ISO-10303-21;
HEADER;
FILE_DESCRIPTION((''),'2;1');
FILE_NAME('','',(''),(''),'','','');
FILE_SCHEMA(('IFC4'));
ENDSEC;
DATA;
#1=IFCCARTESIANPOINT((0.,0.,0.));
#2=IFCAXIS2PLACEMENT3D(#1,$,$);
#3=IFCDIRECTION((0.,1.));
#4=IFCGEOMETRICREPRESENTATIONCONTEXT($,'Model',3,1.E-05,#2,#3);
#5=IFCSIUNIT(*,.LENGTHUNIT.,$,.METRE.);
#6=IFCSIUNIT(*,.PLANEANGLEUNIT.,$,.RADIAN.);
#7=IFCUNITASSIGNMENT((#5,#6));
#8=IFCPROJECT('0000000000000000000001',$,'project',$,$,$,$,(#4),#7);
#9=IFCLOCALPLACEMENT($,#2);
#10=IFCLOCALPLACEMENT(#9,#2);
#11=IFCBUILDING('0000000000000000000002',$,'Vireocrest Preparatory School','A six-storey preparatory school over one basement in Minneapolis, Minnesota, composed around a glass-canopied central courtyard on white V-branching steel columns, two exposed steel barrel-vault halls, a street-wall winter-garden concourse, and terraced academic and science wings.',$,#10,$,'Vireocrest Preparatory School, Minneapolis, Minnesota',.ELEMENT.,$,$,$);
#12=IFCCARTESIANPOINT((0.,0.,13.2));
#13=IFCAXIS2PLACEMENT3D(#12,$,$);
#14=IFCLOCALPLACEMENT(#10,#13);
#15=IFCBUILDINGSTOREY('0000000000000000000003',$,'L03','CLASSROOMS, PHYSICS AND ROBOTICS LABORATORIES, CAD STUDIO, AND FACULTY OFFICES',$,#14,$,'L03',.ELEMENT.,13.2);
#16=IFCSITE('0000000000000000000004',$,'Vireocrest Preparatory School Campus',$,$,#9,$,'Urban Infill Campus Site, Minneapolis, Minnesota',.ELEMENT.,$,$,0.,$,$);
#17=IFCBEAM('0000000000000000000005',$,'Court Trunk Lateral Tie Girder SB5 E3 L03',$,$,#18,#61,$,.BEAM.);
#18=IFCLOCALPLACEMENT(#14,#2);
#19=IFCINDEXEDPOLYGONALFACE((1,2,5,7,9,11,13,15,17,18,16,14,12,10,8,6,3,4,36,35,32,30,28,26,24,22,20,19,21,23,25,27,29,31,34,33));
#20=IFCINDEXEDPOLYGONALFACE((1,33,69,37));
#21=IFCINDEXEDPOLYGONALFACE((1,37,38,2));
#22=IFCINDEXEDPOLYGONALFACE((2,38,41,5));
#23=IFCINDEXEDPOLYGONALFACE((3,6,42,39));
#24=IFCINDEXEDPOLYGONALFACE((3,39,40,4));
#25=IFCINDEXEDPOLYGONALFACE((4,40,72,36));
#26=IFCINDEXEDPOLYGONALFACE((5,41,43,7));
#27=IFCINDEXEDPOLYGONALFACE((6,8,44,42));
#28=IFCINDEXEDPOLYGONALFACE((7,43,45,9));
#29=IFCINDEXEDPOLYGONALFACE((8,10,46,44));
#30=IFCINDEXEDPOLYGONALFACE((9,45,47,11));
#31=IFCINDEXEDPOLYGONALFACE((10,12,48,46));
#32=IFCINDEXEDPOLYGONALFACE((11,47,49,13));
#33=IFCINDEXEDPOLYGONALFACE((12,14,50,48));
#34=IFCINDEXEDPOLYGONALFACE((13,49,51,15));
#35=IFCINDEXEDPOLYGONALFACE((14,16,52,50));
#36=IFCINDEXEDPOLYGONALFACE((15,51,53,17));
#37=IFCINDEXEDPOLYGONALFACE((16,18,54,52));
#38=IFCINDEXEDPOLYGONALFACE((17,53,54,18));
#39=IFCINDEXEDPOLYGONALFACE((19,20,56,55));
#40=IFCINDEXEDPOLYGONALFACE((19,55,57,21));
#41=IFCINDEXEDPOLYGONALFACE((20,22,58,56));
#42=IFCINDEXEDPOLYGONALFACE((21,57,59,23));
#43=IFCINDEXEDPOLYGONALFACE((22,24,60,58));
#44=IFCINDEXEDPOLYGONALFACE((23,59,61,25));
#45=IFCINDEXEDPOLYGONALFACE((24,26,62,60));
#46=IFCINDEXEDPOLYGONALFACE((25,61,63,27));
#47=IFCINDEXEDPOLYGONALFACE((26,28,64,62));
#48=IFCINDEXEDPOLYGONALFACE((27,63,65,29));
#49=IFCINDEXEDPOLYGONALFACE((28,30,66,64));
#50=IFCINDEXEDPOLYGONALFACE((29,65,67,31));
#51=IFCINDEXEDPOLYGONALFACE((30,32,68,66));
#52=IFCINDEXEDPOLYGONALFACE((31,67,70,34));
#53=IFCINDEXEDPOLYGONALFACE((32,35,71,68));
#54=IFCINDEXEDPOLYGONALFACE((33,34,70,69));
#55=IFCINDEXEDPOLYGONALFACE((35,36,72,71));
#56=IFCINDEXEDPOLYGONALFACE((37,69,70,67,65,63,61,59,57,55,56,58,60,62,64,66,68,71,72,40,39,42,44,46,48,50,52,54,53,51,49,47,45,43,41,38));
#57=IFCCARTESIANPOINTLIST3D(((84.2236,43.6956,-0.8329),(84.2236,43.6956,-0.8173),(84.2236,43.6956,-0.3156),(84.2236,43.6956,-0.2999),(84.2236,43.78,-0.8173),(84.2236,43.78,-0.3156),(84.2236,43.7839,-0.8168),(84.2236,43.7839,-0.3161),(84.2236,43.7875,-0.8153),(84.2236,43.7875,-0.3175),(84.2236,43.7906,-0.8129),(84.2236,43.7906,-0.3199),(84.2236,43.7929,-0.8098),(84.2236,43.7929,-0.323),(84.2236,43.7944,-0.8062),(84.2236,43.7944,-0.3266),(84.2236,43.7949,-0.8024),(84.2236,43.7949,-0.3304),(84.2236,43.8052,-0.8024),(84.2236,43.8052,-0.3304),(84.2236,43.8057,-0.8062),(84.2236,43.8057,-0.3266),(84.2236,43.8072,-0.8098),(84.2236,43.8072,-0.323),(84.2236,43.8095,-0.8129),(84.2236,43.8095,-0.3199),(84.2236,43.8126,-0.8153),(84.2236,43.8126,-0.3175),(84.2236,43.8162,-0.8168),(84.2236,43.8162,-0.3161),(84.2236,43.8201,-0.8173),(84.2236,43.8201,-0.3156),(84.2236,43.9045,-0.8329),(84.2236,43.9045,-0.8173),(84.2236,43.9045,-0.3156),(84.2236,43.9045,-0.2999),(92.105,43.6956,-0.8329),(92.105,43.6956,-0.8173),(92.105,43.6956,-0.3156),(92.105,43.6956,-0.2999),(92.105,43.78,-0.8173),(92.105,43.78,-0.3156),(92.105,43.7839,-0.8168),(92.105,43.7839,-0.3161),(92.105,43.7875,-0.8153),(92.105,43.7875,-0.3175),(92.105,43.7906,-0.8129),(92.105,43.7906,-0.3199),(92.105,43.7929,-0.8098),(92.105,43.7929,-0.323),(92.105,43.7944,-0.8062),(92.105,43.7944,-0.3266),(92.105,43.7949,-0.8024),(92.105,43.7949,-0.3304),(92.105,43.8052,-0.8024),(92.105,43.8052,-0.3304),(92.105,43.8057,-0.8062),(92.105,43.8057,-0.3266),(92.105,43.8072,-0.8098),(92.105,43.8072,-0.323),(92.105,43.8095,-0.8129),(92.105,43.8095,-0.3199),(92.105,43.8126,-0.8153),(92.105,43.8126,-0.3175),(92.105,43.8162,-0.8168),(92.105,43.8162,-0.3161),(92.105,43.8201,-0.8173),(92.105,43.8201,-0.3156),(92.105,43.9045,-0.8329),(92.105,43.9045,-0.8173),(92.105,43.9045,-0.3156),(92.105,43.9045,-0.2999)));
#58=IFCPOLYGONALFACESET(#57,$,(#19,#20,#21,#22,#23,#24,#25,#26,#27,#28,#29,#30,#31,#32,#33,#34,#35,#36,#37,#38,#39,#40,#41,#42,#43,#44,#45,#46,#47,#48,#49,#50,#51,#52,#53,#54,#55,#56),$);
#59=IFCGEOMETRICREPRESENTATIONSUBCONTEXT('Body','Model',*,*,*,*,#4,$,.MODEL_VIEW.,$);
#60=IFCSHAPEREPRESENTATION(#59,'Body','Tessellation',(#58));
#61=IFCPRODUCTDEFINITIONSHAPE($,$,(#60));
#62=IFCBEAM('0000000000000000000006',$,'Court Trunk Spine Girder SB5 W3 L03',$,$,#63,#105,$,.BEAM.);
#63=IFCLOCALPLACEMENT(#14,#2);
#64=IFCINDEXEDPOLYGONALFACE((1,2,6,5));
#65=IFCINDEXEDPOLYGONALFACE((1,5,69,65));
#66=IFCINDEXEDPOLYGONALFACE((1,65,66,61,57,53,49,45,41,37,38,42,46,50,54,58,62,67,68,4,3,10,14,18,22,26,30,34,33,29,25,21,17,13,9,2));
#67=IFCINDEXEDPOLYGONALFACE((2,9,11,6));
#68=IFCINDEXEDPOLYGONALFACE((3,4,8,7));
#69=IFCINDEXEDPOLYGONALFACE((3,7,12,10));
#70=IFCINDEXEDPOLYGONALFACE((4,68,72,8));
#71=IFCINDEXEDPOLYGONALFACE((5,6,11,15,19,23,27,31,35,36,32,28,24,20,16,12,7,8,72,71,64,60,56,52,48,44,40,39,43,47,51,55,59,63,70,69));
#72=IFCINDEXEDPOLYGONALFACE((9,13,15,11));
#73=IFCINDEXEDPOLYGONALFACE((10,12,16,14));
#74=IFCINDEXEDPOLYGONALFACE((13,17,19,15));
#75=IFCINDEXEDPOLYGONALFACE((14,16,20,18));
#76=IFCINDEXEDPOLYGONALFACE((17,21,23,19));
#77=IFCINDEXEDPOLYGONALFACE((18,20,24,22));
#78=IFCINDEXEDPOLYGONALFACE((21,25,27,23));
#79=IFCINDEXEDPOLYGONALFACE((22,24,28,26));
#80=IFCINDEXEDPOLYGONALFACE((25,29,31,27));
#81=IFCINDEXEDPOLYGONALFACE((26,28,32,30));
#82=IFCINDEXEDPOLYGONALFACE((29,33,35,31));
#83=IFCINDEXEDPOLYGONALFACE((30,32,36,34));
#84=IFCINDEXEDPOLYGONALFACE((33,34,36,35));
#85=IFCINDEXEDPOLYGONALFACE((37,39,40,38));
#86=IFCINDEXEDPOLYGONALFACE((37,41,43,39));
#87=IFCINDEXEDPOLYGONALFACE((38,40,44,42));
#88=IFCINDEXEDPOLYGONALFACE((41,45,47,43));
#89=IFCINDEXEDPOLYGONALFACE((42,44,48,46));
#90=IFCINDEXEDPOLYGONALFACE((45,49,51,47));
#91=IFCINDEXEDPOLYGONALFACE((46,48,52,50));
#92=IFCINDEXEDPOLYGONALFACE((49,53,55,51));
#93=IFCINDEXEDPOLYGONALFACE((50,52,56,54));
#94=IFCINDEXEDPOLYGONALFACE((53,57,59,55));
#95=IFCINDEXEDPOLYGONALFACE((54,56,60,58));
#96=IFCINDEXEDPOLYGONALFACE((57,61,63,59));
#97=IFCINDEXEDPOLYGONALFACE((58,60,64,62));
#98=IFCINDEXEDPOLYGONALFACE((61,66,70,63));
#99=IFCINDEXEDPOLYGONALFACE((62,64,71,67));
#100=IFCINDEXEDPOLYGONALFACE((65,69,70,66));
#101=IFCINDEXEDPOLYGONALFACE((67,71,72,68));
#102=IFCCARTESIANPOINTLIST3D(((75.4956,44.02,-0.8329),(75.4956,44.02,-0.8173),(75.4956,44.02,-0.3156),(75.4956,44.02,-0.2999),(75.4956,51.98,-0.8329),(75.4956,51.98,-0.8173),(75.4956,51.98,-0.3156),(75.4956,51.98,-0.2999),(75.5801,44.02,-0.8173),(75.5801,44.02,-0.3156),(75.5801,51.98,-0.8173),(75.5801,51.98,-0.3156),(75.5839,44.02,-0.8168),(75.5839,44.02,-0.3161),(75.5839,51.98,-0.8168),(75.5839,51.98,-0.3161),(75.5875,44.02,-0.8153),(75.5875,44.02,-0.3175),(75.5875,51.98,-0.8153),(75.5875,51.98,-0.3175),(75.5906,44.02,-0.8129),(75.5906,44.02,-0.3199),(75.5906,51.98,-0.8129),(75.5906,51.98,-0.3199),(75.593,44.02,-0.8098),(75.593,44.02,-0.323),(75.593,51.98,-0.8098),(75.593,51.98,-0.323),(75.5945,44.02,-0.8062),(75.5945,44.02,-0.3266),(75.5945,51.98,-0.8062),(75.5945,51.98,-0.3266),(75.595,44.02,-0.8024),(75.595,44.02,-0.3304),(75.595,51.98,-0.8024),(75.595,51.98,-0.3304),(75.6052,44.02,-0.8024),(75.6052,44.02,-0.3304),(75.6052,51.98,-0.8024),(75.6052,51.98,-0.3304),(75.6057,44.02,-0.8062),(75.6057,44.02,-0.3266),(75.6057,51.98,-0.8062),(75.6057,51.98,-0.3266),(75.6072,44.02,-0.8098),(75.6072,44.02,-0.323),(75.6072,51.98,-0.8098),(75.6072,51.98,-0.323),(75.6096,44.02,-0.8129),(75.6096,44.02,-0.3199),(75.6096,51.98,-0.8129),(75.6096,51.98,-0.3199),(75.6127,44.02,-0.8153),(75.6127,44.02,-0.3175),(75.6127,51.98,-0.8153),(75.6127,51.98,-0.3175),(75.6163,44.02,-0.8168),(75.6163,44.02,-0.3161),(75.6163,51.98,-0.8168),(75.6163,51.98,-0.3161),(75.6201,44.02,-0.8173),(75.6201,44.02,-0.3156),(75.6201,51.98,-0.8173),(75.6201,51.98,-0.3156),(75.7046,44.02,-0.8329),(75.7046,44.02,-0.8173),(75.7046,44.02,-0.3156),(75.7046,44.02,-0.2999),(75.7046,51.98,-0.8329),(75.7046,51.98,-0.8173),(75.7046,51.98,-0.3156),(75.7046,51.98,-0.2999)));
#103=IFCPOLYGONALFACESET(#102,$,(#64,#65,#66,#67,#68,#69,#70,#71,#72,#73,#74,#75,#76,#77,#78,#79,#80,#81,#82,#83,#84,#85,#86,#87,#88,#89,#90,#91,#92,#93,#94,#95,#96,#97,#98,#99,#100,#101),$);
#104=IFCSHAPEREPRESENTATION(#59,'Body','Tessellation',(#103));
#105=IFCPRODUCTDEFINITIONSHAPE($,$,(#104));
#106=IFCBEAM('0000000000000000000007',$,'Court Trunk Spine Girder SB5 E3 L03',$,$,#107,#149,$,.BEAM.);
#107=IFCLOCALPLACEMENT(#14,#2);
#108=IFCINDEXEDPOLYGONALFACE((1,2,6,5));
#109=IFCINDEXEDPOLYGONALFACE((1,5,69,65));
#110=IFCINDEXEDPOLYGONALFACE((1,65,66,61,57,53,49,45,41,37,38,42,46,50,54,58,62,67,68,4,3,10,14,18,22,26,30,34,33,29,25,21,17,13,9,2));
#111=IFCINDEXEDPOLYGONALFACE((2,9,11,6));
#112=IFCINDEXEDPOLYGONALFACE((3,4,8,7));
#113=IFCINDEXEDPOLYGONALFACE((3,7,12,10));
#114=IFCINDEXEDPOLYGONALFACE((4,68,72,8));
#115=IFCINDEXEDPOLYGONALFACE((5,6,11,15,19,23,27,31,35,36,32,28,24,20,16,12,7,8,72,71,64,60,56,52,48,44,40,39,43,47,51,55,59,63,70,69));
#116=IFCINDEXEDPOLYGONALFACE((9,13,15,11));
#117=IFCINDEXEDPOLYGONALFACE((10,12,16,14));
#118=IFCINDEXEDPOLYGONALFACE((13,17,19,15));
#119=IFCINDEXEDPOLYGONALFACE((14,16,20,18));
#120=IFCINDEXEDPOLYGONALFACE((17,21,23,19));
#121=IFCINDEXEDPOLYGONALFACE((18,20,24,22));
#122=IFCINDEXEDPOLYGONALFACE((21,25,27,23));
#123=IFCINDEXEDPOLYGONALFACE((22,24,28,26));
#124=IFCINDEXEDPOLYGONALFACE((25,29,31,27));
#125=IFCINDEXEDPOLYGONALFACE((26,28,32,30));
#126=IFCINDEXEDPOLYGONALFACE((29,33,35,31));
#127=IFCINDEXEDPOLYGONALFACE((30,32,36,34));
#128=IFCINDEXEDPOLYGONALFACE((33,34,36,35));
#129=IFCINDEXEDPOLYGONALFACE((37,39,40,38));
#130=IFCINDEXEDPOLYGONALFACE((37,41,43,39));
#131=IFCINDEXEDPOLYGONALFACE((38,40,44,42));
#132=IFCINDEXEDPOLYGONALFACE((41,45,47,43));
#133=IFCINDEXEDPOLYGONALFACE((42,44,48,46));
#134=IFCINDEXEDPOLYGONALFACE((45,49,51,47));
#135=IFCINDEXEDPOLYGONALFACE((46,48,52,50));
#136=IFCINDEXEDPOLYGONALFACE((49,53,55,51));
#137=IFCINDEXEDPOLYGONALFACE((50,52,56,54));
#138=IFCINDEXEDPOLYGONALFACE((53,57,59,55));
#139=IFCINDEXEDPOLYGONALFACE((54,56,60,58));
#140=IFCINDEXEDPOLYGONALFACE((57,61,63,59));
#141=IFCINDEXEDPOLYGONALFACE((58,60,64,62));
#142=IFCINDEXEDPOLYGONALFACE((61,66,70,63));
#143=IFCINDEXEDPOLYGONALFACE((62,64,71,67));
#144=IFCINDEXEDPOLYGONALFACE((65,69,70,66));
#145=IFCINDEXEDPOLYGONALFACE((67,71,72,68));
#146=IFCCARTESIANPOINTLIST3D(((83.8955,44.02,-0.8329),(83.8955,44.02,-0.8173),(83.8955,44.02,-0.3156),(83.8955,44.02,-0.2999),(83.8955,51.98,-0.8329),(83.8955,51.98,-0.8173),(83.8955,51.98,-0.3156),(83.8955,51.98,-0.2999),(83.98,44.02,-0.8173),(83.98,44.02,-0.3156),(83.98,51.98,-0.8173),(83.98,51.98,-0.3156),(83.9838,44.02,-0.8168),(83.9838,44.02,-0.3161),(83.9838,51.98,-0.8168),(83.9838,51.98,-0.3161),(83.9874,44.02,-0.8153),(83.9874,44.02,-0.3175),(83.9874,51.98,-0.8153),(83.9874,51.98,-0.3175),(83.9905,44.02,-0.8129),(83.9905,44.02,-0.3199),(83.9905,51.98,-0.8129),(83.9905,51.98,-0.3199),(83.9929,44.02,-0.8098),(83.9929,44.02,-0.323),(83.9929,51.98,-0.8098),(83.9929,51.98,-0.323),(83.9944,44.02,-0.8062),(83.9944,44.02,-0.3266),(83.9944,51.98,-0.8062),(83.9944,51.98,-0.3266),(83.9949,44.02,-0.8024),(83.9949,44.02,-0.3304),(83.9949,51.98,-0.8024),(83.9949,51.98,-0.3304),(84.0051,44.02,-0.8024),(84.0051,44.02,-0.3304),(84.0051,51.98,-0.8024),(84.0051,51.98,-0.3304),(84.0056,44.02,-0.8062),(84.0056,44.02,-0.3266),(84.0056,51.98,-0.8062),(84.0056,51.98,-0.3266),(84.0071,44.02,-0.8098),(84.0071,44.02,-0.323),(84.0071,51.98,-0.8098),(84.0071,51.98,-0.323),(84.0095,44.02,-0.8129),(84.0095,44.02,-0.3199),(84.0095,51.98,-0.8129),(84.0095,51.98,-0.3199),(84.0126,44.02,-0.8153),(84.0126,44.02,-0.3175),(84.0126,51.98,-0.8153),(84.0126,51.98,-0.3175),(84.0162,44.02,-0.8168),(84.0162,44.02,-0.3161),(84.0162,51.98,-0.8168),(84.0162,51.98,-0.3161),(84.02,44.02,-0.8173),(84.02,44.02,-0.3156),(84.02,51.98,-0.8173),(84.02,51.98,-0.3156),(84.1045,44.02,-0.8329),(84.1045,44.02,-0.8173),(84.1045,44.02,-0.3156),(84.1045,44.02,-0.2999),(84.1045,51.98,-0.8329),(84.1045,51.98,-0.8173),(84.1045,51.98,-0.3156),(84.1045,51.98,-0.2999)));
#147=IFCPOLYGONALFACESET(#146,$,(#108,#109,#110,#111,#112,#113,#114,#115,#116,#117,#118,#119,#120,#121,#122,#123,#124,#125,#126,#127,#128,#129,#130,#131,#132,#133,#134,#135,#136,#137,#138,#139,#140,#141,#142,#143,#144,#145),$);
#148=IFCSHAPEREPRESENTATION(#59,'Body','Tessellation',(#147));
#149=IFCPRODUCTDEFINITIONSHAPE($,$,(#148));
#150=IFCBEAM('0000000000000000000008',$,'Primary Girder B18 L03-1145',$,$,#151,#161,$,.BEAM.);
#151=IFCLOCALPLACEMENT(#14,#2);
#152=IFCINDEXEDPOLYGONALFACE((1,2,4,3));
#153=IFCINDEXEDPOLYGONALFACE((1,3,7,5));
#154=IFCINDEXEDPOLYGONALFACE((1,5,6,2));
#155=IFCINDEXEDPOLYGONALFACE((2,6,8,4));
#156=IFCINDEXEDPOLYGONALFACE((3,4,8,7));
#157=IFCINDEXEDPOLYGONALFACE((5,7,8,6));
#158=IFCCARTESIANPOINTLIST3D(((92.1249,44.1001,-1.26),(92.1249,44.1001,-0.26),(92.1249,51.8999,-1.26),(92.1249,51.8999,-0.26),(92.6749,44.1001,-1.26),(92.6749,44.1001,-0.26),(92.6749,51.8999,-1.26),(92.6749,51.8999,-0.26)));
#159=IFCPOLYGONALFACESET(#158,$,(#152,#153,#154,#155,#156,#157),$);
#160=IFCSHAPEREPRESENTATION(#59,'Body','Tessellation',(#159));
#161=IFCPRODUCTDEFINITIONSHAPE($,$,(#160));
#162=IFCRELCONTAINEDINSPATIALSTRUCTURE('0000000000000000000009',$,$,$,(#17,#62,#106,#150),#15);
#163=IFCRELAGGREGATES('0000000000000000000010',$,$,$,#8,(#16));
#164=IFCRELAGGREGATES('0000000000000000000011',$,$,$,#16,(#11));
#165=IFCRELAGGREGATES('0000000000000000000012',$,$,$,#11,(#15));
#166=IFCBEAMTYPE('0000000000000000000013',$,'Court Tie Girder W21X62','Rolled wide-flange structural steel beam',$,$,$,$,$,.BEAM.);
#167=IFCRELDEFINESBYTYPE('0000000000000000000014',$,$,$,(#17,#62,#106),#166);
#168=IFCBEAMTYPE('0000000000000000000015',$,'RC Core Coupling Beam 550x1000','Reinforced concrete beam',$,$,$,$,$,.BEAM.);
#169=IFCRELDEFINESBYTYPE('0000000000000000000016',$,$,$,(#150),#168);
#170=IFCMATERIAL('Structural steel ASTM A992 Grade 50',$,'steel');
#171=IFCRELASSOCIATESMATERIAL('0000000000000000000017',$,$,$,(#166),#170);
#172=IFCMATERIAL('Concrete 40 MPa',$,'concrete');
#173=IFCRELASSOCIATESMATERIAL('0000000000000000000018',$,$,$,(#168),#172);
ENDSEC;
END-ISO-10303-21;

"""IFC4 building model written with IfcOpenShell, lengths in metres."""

from ifc_helpers import new_model, si_unit, direction, frame, origin, origin_2d, place, context, subcontext, project, spatial, rectangle, i_section, extrude, material, material_profile, profile_set, type_object, element, save


model = new_model("IFC4")

# Units and contexts
model_context = context("Model", 3, precision=1e-05, world=origin(), true_north=direction((0.0, 1.0)))
body_context = subcontext(model_context, "Body", "Model", "MODEL_VIEW")
ifc_project = project(units=[si_unit("LENGTHUNIT", "METRE"), si_unit("PLANEANGLEUNIT", "RADIAN")], contexts=[model_context])

# Site, building, storey
site_placement = place(None, origin())
site = spatial("IfcSite", under=ifc_project, at=site_placement, Name="Vireocrest Preparatory School Campus", LongName="Urban Infill Campus Site, Minneapolis, Minnesota", CompositionType="ELEMENT", RefElevation=0.0)
building_placement = place(site_placement, origin())
building = spatial("IfcBuilding", under=site, at=building_placement, Name="Vireocrest Preparatory School", Description="A six-storey preparatory school over one basement in Minneapolis, Minnesota, composed around a glass-canopied central courtyard on white V-branching steel columns, two exposed steel barrel-vault halls, a street-wall winter-garden concourse, and terraced academic and science wings.", LongName="Vireocrest Preparatory School, Minneapolis, Minnesota", CompositionType="ELEMENT")
storey_placement = place(building_placement, frame((0.0, 0.0, 13.2)))
storey = spatial("IfcBuildingStorey", under=building, at=storey_placement, Name="L03", Description="CLASSROOMS, PHYSICS AND ROBOTICS LABORATORIES, CAD STUDIO, AND FACULTY OFFICES", LongName="L03", CompositionType="ELEMENT", Elevation=13.2)

# Beams
ifc_material_1 = material(Name="Structural steel ASTM A992 Grade 50", Category="steel")
ifc_material_profile_1 = material_profile(ifc_material_1, i_section(OverallWidth=0.209, OverallDepth=0.533, WebThickness=0.0103, FlangeThickness=0.0156, FilletRadius=0.0149, at=origin_2d()), Name="W21X62")
ifc_profile_set_1 = profile_set([ifc_material_profile_1], Name="Structural steel ASTM A992 Grade 50")
beam_type_1 = type_object("IfcBeamType", Name="Court Tie Girder W21X62", Description="Rolled wide-flange structural steel beam", PredefinedType="BEAM", material=ifc_profile_set_1)
beam_1_placement = place(storey_placement, frame((84.2236, 43.8, -0.5664), z_axis=(1.0, 0.0, 0.0), x_axis=(0.0, 1.0, 0.0)))
element("IfcBeam", 1, at=beam_1_placement, inside=storey, type_object=beam_type_1, Name="Court Trunk Lateral Tie Girder SB5 E3 L03", PredefinedType="BEAM", context=body_context, shape_type="SweptSolid", body=[
    extrude(i_section(OverallWidth=0.209, OverallDepth=0.533, WebThickness=0.0103, FlangeThickness=0.0156, FilletRadius=0.0149, at=origin_2d()), origin(), (0.0, 0.0, 1.0), 7.8813),
])
for number, where, z_axis, x_axis, name in (
    (2, (75.6001, 44.02, -0.5664), (0.0, 1.0, 0.0), (-1.0, 0.0, 0.0), "Court Trunk Spine Girder SB5 W3 L03"),
    (3, (84.0, 44.02, -0.5664), (0.0, 1.0, 0.0), (-1.0, 0.0, 0.0), "Court Trunk Spine Girder SB5 E3 L03"),
):
    element("IfcBeam", number, at=place(storey_placement, frame(where, z_axis=z_axis, x_axis=x_axis)), inside=storey, type_object=beam_type_1, Name=name, PredefinedType="BEAM", context=body_context, shape_type="SweptSolid", body=[
        extrude(i_section(OverallWidth=0.209, OverallDepth=0.533, WebThickness=0.0103, FlangeThickness=0.0156, FilletRadius=0.0149, at=origin_2d()), origin(), (0.0, 0.0, 1.0), 7.96),
    ])
ifc_material_2 = material(Name="Concrete 40 MPa", Category="concrete")
ifc_material_profile_2 = material_profile(ifc_material_2, rectangle(XDim=0.55, YDim=1.0, at=origin_2d()), Name="RC 550x1000")
ifc_profile_set_2 = profile_set([ifc_material_profile_2], Name="Concrete 40 MPa")
beam_type_2 = type_object("IfcBeamType", Name="RC Core Coupling Beam 550x1000", Description="Reinforced concrete beam", PredefinedType="BEAM", material=ifc_profile_set_2)
beam_2_placement = place(storey_placement, frame((92.3999, 44.1001, -0.76), z_axis=(0.0, 1.0, 0.0), x_axis=(-1.0, 0.0, 0.0)))
element("IfcBeam", 4, at=beam_2_placement, inside=storey, type_object=beam_type_2, Name="Primary Girder B18 L03-1145", PredefinedType="BEAM", context=body_context, shape_type="SweptSolid", body=[
    extrude(rectangle(XDim=0.55, YDim=1.0, at=origin_2d()), origin(), (0.0, 0.0, 1.0), 7.7998),
])

save(model, "model.ifc")
